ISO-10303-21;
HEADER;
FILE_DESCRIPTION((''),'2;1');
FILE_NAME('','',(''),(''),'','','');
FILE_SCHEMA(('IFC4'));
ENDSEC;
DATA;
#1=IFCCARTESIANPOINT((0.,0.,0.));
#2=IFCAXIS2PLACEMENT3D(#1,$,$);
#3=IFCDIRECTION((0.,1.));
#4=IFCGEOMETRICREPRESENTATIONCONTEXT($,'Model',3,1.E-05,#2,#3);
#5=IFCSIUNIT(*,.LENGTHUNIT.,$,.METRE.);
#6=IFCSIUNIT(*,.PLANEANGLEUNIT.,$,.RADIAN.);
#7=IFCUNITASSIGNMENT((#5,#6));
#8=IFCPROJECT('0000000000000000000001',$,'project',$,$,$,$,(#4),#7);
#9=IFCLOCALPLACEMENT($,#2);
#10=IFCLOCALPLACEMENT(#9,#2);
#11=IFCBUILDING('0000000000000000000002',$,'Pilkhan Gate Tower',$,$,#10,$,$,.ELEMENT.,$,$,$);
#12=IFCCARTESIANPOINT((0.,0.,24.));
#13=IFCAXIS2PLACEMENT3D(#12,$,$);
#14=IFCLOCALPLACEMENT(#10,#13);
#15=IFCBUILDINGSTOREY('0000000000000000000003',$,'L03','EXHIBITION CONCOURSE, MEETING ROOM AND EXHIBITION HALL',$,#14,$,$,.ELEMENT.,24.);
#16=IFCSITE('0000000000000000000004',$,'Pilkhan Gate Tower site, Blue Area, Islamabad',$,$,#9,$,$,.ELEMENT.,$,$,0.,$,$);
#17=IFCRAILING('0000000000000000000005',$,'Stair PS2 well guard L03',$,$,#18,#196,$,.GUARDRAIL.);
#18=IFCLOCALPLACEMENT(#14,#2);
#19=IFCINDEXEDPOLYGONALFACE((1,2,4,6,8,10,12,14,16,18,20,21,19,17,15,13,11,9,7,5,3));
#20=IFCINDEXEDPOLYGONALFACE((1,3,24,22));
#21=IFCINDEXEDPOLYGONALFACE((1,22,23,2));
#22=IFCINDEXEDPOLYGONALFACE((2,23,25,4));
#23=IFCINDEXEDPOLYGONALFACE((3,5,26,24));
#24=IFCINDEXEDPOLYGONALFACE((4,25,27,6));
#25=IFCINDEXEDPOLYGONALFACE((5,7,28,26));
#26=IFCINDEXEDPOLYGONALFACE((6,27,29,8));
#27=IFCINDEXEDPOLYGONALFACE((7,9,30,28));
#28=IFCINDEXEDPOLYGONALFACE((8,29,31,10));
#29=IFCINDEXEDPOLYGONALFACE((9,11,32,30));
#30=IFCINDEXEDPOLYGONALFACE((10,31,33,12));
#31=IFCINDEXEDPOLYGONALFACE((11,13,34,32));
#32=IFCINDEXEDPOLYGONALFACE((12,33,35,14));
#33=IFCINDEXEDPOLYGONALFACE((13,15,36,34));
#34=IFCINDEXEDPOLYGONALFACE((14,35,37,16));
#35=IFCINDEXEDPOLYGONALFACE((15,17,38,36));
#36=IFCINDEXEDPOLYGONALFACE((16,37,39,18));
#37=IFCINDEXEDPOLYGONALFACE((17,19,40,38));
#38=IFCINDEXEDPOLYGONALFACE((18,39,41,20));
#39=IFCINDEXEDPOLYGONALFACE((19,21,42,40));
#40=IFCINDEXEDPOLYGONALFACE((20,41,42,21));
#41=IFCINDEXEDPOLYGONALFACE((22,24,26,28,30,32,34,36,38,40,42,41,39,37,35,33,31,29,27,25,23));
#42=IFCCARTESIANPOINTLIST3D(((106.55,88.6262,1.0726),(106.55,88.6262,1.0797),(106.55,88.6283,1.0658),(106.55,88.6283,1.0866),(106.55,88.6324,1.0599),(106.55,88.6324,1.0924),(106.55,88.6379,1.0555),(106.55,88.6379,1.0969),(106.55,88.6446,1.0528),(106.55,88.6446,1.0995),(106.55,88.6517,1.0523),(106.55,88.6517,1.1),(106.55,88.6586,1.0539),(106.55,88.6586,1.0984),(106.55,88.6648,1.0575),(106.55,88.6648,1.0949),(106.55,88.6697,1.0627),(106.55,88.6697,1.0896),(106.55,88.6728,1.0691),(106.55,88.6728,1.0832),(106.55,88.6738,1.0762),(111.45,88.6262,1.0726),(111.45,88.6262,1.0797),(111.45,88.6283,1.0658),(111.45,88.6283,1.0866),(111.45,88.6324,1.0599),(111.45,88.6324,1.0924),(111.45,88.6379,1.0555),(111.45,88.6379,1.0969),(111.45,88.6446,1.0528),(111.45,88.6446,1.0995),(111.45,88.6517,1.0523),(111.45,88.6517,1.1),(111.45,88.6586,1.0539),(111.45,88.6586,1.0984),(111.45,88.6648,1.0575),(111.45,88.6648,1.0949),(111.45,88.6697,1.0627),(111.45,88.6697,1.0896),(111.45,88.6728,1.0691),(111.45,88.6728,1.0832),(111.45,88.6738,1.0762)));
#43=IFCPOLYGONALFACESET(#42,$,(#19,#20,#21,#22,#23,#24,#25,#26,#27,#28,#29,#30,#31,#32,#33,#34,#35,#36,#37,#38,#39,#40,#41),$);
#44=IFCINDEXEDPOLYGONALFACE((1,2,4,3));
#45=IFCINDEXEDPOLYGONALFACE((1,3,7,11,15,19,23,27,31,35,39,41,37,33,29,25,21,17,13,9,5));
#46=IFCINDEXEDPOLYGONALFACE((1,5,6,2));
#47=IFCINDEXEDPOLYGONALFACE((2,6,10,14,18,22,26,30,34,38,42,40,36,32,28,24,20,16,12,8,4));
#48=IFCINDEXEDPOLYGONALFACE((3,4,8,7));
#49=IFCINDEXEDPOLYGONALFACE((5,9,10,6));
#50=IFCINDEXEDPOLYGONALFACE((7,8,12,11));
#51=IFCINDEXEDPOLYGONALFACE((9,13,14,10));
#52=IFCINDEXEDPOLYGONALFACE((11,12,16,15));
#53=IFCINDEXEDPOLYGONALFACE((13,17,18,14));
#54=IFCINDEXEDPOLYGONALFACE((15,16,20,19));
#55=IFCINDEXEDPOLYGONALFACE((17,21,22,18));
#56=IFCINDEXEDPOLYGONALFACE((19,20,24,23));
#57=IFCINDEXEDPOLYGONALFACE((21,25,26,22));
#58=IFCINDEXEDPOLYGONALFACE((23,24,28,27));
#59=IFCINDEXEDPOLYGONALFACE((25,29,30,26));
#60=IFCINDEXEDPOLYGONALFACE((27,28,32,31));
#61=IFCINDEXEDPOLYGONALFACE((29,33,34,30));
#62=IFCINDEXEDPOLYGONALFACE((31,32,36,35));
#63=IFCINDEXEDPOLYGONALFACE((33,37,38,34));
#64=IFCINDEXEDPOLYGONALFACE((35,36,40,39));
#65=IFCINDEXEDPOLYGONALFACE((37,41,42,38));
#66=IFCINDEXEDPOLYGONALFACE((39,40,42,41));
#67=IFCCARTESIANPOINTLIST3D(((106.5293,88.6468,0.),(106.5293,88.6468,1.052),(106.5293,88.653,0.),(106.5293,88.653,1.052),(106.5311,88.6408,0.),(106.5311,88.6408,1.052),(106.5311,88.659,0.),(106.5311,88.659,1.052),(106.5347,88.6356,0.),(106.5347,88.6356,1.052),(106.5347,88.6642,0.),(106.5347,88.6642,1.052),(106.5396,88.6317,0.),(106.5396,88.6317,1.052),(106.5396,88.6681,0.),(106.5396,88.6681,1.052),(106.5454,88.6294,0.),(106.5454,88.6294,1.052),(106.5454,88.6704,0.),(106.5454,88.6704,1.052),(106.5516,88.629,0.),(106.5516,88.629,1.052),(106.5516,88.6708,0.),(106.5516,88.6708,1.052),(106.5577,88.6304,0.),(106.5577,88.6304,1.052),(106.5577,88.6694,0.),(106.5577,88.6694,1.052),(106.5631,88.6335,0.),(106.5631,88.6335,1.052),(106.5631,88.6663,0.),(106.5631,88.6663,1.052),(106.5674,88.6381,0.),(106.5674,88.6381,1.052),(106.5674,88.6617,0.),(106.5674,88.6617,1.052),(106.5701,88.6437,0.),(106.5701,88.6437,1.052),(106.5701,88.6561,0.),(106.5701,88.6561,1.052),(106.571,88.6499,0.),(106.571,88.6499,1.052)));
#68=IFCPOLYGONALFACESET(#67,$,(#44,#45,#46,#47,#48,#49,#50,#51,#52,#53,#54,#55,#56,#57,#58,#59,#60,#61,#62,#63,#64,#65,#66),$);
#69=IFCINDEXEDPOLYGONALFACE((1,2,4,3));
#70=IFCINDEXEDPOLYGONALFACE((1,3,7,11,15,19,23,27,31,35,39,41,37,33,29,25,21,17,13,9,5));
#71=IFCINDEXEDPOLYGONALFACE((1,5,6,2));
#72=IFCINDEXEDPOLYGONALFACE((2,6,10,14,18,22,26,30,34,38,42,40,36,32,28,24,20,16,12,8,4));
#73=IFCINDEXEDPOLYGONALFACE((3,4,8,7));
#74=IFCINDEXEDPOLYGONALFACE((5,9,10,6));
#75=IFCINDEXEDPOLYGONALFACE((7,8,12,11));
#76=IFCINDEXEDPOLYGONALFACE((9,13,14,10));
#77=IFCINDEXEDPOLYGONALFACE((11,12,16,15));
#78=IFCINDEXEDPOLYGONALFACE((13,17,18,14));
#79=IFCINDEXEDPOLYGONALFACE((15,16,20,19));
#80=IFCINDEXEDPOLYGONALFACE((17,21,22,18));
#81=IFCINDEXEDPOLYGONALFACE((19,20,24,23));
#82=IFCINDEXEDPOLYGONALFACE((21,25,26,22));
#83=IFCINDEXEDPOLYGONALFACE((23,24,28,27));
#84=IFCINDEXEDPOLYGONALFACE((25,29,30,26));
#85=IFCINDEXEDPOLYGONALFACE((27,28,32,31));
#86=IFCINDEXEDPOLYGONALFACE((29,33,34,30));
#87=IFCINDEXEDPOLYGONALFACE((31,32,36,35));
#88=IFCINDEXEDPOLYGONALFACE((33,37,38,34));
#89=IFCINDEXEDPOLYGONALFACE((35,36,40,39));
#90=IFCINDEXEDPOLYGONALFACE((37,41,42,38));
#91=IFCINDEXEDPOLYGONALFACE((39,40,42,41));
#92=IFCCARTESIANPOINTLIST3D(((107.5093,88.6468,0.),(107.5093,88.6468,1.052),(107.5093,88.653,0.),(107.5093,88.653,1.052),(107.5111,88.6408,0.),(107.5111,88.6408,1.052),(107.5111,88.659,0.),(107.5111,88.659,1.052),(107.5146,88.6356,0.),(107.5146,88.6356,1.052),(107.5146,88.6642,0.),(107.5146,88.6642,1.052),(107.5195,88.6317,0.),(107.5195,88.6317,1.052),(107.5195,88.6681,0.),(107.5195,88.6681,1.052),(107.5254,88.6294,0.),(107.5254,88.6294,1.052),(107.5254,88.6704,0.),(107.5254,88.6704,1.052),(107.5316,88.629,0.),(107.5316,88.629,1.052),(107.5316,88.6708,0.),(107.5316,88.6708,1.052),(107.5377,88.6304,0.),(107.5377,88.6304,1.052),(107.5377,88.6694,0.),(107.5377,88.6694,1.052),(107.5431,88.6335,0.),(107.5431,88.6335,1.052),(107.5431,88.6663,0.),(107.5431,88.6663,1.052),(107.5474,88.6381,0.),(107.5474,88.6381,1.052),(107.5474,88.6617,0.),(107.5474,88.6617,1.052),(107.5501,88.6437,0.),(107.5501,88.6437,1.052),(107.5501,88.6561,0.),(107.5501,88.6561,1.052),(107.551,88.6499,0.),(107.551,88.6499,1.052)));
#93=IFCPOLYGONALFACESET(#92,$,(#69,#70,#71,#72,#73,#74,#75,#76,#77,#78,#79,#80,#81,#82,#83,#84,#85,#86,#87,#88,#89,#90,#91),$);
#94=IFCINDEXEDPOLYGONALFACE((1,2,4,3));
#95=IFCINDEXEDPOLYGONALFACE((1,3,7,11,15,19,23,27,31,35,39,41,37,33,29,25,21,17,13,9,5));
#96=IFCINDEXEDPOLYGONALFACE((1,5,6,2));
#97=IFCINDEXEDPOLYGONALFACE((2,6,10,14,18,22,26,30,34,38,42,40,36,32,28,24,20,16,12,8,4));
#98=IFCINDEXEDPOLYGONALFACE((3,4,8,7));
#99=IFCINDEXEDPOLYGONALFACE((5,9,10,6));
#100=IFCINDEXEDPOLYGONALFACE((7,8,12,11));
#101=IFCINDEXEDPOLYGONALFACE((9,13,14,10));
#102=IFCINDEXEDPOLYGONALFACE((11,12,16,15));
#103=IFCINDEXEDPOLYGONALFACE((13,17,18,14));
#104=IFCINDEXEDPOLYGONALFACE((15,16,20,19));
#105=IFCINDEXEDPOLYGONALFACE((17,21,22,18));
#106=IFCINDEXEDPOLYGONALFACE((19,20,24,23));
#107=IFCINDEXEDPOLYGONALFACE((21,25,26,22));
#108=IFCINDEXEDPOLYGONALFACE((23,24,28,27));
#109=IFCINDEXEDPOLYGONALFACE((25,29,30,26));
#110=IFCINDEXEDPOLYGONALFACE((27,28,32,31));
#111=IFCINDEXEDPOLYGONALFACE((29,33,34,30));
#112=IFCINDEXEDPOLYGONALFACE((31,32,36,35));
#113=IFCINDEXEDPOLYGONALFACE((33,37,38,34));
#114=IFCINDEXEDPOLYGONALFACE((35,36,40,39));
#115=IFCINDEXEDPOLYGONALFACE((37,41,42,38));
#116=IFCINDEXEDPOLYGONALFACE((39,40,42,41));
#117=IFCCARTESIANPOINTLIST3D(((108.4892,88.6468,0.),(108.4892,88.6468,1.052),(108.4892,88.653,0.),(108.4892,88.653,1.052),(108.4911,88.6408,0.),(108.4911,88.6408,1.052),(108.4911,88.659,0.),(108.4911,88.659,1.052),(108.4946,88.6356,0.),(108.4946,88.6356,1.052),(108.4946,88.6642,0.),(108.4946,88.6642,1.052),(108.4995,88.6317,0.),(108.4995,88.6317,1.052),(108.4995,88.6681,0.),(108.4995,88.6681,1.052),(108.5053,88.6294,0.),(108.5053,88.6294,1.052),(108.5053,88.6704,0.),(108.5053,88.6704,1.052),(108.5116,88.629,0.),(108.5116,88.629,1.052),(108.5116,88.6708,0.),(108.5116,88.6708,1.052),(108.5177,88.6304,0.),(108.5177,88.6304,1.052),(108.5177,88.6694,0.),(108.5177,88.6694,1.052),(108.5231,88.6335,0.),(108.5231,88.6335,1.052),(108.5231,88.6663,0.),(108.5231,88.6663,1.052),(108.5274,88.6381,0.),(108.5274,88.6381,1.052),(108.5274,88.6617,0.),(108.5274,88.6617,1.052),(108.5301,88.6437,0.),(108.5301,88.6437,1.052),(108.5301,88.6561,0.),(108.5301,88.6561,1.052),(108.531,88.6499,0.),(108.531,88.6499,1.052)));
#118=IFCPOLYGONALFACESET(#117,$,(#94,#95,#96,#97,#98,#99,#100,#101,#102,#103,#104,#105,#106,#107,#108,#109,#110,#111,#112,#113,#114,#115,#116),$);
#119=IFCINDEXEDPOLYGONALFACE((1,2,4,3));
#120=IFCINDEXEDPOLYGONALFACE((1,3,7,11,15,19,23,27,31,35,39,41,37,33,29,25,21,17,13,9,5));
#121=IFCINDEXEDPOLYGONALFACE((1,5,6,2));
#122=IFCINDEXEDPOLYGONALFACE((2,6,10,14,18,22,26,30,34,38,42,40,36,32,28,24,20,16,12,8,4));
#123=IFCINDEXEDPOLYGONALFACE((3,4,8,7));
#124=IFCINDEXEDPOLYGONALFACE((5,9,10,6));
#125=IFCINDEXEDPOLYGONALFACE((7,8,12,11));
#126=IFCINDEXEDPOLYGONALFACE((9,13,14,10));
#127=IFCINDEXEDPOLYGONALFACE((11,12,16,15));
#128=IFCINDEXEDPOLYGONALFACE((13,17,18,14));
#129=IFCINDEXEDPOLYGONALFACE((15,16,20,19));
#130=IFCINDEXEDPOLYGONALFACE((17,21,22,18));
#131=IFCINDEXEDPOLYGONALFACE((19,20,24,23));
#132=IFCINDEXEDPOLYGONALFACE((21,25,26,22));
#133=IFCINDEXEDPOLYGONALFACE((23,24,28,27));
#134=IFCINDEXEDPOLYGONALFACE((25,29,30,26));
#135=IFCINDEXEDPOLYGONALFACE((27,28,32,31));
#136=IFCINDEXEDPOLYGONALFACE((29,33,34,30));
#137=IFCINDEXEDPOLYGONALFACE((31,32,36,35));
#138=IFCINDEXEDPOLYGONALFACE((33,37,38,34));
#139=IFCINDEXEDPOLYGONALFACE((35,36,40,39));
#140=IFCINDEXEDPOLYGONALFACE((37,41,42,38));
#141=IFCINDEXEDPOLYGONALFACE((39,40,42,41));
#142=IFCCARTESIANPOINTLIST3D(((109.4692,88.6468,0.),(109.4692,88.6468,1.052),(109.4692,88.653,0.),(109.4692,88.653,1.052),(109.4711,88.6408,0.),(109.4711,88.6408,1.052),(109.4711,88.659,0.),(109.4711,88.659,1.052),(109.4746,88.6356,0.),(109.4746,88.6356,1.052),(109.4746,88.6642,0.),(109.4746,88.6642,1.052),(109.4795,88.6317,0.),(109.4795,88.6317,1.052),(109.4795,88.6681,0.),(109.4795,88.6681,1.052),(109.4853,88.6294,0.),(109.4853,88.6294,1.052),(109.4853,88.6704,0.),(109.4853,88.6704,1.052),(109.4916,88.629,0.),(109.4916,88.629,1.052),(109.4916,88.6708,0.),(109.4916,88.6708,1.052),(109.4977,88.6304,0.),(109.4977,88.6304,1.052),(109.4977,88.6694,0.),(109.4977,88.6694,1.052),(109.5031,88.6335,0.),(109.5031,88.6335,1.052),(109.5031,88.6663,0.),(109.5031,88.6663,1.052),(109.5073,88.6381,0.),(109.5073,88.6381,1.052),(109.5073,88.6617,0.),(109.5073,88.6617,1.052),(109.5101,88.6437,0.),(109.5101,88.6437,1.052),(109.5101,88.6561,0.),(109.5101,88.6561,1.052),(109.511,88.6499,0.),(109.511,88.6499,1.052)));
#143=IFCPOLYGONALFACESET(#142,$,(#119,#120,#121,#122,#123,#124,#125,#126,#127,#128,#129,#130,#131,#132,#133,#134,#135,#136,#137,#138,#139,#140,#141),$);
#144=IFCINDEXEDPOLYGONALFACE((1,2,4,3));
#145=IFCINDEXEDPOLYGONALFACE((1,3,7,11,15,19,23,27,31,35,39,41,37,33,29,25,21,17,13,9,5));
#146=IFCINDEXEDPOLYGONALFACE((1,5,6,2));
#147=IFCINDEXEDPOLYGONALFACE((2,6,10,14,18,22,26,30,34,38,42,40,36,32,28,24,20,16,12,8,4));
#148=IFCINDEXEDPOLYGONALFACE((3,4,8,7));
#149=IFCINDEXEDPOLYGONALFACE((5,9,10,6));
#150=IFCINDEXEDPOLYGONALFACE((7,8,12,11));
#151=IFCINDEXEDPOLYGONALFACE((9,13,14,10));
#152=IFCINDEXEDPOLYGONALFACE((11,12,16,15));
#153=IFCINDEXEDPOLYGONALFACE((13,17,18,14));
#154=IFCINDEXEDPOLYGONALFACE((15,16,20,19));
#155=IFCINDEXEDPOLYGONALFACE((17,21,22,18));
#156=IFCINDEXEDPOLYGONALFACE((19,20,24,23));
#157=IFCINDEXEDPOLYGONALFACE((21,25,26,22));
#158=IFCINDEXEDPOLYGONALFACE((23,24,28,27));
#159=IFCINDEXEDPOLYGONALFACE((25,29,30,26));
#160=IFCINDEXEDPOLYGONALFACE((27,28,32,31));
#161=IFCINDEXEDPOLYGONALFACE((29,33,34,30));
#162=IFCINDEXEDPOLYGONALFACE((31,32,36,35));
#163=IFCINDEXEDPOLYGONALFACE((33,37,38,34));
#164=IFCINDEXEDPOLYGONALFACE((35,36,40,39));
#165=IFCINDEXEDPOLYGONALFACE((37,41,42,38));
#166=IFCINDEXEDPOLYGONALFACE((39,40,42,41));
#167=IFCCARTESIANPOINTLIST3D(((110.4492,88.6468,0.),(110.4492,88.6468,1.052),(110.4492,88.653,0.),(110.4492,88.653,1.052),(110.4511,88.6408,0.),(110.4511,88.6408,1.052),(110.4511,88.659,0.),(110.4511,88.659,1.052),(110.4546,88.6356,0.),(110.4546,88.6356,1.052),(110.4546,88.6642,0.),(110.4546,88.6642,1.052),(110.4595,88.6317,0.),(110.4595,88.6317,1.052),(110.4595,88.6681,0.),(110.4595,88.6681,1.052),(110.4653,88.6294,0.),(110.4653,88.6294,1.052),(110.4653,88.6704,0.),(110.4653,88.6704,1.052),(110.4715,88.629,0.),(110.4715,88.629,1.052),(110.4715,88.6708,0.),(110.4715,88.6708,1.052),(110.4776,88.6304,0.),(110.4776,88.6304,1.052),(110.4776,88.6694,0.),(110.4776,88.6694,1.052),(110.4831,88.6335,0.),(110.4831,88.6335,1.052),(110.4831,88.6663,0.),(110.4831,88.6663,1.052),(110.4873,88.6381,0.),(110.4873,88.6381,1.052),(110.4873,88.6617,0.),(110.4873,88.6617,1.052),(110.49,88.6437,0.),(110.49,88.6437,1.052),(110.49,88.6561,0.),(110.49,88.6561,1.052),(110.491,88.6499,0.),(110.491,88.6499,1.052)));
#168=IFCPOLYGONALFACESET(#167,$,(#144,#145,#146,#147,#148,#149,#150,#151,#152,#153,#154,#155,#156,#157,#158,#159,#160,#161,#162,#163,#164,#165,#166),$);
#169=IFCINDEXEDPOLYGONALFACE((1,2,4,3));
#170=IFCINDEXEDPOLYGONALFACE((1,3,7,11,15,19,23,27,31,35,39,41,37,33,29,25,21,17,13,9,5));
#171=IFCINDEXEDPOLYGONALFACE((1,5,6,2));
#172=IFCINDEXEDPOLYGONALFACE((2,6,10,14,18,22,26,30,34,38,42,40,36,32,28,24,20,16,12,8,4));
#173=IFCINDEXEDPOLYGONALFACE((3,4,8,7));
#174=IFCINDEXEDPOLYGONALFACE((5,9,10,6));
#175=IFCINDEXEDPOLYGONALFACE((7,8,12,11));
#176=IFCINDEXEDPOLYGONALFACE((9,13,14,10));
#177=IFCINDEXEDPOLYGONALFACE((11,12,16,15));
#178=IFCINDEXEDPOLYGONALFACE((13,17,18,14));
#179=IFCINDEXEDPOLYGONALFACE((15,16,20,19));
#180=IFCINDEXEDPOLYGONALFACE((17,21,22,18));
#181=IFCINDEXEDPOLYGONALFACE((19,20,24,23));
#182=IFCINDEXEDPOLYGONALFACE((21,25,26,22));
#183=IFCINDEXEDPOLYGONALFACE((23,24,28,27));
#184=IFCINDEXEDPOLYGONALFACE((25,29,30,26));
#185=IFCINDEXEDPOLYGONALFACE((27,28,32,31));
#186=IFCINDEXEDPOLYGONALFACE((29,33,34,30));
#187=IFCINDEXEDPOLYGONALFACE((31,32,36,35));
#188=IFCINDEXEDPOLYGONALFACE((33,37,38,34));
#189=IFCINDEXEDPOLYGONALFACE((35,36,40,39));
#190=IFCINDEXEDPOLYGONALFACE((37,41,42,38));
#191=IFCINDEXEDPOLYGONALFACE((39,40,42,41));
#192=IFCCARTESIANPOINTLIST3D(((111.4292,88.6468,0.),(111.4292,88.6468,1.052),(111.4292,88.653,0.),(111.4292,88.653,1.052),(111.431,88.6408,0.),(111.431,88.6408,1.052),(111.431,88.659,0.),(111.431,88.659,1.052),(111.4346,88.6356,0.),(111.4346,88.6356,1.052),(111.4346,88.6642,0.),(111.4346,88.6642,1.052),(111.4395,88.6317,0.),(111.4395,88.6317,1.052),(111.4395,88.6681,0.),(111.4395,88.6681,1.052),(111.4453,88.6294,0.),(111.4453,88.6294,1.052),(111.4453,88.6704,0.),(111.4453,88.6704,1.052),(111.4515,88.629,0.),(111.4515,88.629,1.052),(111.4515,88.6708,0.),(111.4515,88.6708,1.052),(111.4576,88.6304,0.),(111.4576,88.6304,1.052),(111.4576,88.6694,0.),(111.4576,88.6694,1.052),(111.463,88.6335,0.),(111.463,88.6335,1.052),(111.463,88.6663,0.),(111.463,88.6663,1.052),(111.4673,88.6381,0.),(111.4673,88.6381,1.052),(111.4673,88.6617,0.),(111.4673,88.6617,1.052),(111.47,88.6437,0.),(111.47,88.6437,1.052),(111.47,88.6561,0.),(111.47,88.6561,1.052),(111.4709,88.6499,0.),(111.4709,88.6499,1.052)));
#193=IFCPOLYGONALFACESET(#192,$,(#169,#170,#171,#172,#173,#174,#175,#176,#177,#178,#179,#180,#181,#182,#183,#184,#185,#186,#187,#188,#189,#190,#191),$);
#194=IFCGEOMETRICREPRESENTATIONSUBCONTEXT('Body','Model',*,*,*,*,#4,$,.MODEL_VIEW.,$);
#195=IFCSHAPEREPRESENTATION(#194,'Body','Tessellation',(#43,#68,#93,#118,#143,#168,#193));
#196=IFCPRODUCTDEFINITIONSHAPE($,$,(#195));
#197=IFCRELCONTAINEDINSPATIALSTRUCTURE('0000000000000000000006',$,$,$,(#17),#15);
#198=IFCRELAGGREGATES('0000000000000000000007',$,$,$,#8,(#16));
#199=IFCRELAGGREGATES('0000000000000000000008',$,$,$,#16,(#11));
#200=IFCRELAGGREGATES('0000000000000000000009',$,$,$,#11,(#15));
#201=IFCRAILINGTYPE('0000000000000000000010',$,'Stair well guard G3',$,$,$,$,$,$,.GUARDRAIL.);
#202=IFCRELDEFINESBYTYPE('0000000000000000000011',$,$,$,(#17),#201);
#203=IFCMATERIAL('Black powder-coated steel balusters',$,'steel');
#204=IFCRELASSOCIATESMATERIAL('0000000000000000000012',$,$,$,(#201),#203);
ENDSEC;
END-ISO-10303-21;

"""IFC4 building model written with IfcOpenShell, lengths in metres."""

from ifc_helpers import new_model, si_unit, direction, frame, origin, origin_2d, place, context, subcontext, project, spatial, circle, extrude, material, type_object, element, save


model = new_model("IFC4")

# Units and contexts
model_context = context("Model", 3, precision=1e-05, world=origin(), true_north=direction((0.0, 1.0)))
body_context = subcontext(model_context, "Body", "Model", "MODEL_VIEW")
ifc_project = project(units=[si_unit("LENGTHUNIT", "METRE"), si_unit("PLANEANGLEUNIT", "RADIAN")], contexts=[model_context])

# Site, building, storey
site_placement = place(None, origin())
site = spatial("IfcSite", under=ifc_project, at=site_placement, Name="Pilkhan Gate Tower site, Blue Area, Islamabad", CompositionType="ELEMENT", RefElevation=0.0)
building_placement = place(site_placement, origin())
building = spatial("IfcBuilding", under=site, at=building_placement, Name="Pilkhan Gate Tower", CompositionType="ELEMENT")
storey_placement = place(building_placement, frame((0.0, 0.0, 24.0)))
storey = spatial("IfcBuildingStorey", under=building, at=storey_placement, Name="L03", Description="EXHIBITION CONCOURSE, MEETING ROOM AND EXHIBITION HALL", CompositionType="ELEMENT", Elevation=24.0)

# Railing
ifc_material_1 = material(Name="Black powder-coated steel balusters", Category="steel")
railing_type = type_object("IfcRailingType", Name="Stair well guard G3", PredefinedType="GUARDRAIL", material=ifc_material_1)
railing_1_placement = place(storey_placement, frame((106.55, 88.6499, 0.0)))
element("IfcRailing", 1, at=railing_1_placement, inside=storey, type_object=railing_type, Name="Stair PS2 well guard L03", PredefinedType="GUARDRAIL", context=body_context, shape_type="SweptSolid", body=[
    extrude(circle(Radius=0.0239, at=origin_2d()), frame((0.0, 0.0, 1.0762), z_axis=(1.0, 0.0, 0.0), x_axis=(0.0, 1.0, 0.0)), (0.0, 0.0, 1.0), 4.8999),
    extrude(circle(Radius=0.021, at=origin_2d()), origin(), (0.0, 0.0, 1.0), 1.052),
    extrude(circle(Radius=0.021, at=origin_2d()), frame((0.98, 0.0, 0.0)), (0.0, 0.0, 1.0), 1.052),
    extrude(circle(Radius=0.021, at=origin_2d()), frame((1.96, 0.0, 0.0)), (0.0, 0.0, 1.0), 1.052),
    extrude(circle(Radius=0.021, at=origin_2d()), frame((2.9399, 0.0, 0.0)), (0.0, 0.0, 1.0), 1.052),
    extrude(circle(Radius=0.021, at=origin_2d()), frame((3.9199, 0.0, 0.0)), (0.0, 0.0, 1.0), 1.052),
    extrude(circle(Radius=0.021, at=origin_2d()), frame((4.8999, 0.0, 0.0)), (0.0, 0.0, 1.0), 1.052),
])

save(model, "model.ifc")
